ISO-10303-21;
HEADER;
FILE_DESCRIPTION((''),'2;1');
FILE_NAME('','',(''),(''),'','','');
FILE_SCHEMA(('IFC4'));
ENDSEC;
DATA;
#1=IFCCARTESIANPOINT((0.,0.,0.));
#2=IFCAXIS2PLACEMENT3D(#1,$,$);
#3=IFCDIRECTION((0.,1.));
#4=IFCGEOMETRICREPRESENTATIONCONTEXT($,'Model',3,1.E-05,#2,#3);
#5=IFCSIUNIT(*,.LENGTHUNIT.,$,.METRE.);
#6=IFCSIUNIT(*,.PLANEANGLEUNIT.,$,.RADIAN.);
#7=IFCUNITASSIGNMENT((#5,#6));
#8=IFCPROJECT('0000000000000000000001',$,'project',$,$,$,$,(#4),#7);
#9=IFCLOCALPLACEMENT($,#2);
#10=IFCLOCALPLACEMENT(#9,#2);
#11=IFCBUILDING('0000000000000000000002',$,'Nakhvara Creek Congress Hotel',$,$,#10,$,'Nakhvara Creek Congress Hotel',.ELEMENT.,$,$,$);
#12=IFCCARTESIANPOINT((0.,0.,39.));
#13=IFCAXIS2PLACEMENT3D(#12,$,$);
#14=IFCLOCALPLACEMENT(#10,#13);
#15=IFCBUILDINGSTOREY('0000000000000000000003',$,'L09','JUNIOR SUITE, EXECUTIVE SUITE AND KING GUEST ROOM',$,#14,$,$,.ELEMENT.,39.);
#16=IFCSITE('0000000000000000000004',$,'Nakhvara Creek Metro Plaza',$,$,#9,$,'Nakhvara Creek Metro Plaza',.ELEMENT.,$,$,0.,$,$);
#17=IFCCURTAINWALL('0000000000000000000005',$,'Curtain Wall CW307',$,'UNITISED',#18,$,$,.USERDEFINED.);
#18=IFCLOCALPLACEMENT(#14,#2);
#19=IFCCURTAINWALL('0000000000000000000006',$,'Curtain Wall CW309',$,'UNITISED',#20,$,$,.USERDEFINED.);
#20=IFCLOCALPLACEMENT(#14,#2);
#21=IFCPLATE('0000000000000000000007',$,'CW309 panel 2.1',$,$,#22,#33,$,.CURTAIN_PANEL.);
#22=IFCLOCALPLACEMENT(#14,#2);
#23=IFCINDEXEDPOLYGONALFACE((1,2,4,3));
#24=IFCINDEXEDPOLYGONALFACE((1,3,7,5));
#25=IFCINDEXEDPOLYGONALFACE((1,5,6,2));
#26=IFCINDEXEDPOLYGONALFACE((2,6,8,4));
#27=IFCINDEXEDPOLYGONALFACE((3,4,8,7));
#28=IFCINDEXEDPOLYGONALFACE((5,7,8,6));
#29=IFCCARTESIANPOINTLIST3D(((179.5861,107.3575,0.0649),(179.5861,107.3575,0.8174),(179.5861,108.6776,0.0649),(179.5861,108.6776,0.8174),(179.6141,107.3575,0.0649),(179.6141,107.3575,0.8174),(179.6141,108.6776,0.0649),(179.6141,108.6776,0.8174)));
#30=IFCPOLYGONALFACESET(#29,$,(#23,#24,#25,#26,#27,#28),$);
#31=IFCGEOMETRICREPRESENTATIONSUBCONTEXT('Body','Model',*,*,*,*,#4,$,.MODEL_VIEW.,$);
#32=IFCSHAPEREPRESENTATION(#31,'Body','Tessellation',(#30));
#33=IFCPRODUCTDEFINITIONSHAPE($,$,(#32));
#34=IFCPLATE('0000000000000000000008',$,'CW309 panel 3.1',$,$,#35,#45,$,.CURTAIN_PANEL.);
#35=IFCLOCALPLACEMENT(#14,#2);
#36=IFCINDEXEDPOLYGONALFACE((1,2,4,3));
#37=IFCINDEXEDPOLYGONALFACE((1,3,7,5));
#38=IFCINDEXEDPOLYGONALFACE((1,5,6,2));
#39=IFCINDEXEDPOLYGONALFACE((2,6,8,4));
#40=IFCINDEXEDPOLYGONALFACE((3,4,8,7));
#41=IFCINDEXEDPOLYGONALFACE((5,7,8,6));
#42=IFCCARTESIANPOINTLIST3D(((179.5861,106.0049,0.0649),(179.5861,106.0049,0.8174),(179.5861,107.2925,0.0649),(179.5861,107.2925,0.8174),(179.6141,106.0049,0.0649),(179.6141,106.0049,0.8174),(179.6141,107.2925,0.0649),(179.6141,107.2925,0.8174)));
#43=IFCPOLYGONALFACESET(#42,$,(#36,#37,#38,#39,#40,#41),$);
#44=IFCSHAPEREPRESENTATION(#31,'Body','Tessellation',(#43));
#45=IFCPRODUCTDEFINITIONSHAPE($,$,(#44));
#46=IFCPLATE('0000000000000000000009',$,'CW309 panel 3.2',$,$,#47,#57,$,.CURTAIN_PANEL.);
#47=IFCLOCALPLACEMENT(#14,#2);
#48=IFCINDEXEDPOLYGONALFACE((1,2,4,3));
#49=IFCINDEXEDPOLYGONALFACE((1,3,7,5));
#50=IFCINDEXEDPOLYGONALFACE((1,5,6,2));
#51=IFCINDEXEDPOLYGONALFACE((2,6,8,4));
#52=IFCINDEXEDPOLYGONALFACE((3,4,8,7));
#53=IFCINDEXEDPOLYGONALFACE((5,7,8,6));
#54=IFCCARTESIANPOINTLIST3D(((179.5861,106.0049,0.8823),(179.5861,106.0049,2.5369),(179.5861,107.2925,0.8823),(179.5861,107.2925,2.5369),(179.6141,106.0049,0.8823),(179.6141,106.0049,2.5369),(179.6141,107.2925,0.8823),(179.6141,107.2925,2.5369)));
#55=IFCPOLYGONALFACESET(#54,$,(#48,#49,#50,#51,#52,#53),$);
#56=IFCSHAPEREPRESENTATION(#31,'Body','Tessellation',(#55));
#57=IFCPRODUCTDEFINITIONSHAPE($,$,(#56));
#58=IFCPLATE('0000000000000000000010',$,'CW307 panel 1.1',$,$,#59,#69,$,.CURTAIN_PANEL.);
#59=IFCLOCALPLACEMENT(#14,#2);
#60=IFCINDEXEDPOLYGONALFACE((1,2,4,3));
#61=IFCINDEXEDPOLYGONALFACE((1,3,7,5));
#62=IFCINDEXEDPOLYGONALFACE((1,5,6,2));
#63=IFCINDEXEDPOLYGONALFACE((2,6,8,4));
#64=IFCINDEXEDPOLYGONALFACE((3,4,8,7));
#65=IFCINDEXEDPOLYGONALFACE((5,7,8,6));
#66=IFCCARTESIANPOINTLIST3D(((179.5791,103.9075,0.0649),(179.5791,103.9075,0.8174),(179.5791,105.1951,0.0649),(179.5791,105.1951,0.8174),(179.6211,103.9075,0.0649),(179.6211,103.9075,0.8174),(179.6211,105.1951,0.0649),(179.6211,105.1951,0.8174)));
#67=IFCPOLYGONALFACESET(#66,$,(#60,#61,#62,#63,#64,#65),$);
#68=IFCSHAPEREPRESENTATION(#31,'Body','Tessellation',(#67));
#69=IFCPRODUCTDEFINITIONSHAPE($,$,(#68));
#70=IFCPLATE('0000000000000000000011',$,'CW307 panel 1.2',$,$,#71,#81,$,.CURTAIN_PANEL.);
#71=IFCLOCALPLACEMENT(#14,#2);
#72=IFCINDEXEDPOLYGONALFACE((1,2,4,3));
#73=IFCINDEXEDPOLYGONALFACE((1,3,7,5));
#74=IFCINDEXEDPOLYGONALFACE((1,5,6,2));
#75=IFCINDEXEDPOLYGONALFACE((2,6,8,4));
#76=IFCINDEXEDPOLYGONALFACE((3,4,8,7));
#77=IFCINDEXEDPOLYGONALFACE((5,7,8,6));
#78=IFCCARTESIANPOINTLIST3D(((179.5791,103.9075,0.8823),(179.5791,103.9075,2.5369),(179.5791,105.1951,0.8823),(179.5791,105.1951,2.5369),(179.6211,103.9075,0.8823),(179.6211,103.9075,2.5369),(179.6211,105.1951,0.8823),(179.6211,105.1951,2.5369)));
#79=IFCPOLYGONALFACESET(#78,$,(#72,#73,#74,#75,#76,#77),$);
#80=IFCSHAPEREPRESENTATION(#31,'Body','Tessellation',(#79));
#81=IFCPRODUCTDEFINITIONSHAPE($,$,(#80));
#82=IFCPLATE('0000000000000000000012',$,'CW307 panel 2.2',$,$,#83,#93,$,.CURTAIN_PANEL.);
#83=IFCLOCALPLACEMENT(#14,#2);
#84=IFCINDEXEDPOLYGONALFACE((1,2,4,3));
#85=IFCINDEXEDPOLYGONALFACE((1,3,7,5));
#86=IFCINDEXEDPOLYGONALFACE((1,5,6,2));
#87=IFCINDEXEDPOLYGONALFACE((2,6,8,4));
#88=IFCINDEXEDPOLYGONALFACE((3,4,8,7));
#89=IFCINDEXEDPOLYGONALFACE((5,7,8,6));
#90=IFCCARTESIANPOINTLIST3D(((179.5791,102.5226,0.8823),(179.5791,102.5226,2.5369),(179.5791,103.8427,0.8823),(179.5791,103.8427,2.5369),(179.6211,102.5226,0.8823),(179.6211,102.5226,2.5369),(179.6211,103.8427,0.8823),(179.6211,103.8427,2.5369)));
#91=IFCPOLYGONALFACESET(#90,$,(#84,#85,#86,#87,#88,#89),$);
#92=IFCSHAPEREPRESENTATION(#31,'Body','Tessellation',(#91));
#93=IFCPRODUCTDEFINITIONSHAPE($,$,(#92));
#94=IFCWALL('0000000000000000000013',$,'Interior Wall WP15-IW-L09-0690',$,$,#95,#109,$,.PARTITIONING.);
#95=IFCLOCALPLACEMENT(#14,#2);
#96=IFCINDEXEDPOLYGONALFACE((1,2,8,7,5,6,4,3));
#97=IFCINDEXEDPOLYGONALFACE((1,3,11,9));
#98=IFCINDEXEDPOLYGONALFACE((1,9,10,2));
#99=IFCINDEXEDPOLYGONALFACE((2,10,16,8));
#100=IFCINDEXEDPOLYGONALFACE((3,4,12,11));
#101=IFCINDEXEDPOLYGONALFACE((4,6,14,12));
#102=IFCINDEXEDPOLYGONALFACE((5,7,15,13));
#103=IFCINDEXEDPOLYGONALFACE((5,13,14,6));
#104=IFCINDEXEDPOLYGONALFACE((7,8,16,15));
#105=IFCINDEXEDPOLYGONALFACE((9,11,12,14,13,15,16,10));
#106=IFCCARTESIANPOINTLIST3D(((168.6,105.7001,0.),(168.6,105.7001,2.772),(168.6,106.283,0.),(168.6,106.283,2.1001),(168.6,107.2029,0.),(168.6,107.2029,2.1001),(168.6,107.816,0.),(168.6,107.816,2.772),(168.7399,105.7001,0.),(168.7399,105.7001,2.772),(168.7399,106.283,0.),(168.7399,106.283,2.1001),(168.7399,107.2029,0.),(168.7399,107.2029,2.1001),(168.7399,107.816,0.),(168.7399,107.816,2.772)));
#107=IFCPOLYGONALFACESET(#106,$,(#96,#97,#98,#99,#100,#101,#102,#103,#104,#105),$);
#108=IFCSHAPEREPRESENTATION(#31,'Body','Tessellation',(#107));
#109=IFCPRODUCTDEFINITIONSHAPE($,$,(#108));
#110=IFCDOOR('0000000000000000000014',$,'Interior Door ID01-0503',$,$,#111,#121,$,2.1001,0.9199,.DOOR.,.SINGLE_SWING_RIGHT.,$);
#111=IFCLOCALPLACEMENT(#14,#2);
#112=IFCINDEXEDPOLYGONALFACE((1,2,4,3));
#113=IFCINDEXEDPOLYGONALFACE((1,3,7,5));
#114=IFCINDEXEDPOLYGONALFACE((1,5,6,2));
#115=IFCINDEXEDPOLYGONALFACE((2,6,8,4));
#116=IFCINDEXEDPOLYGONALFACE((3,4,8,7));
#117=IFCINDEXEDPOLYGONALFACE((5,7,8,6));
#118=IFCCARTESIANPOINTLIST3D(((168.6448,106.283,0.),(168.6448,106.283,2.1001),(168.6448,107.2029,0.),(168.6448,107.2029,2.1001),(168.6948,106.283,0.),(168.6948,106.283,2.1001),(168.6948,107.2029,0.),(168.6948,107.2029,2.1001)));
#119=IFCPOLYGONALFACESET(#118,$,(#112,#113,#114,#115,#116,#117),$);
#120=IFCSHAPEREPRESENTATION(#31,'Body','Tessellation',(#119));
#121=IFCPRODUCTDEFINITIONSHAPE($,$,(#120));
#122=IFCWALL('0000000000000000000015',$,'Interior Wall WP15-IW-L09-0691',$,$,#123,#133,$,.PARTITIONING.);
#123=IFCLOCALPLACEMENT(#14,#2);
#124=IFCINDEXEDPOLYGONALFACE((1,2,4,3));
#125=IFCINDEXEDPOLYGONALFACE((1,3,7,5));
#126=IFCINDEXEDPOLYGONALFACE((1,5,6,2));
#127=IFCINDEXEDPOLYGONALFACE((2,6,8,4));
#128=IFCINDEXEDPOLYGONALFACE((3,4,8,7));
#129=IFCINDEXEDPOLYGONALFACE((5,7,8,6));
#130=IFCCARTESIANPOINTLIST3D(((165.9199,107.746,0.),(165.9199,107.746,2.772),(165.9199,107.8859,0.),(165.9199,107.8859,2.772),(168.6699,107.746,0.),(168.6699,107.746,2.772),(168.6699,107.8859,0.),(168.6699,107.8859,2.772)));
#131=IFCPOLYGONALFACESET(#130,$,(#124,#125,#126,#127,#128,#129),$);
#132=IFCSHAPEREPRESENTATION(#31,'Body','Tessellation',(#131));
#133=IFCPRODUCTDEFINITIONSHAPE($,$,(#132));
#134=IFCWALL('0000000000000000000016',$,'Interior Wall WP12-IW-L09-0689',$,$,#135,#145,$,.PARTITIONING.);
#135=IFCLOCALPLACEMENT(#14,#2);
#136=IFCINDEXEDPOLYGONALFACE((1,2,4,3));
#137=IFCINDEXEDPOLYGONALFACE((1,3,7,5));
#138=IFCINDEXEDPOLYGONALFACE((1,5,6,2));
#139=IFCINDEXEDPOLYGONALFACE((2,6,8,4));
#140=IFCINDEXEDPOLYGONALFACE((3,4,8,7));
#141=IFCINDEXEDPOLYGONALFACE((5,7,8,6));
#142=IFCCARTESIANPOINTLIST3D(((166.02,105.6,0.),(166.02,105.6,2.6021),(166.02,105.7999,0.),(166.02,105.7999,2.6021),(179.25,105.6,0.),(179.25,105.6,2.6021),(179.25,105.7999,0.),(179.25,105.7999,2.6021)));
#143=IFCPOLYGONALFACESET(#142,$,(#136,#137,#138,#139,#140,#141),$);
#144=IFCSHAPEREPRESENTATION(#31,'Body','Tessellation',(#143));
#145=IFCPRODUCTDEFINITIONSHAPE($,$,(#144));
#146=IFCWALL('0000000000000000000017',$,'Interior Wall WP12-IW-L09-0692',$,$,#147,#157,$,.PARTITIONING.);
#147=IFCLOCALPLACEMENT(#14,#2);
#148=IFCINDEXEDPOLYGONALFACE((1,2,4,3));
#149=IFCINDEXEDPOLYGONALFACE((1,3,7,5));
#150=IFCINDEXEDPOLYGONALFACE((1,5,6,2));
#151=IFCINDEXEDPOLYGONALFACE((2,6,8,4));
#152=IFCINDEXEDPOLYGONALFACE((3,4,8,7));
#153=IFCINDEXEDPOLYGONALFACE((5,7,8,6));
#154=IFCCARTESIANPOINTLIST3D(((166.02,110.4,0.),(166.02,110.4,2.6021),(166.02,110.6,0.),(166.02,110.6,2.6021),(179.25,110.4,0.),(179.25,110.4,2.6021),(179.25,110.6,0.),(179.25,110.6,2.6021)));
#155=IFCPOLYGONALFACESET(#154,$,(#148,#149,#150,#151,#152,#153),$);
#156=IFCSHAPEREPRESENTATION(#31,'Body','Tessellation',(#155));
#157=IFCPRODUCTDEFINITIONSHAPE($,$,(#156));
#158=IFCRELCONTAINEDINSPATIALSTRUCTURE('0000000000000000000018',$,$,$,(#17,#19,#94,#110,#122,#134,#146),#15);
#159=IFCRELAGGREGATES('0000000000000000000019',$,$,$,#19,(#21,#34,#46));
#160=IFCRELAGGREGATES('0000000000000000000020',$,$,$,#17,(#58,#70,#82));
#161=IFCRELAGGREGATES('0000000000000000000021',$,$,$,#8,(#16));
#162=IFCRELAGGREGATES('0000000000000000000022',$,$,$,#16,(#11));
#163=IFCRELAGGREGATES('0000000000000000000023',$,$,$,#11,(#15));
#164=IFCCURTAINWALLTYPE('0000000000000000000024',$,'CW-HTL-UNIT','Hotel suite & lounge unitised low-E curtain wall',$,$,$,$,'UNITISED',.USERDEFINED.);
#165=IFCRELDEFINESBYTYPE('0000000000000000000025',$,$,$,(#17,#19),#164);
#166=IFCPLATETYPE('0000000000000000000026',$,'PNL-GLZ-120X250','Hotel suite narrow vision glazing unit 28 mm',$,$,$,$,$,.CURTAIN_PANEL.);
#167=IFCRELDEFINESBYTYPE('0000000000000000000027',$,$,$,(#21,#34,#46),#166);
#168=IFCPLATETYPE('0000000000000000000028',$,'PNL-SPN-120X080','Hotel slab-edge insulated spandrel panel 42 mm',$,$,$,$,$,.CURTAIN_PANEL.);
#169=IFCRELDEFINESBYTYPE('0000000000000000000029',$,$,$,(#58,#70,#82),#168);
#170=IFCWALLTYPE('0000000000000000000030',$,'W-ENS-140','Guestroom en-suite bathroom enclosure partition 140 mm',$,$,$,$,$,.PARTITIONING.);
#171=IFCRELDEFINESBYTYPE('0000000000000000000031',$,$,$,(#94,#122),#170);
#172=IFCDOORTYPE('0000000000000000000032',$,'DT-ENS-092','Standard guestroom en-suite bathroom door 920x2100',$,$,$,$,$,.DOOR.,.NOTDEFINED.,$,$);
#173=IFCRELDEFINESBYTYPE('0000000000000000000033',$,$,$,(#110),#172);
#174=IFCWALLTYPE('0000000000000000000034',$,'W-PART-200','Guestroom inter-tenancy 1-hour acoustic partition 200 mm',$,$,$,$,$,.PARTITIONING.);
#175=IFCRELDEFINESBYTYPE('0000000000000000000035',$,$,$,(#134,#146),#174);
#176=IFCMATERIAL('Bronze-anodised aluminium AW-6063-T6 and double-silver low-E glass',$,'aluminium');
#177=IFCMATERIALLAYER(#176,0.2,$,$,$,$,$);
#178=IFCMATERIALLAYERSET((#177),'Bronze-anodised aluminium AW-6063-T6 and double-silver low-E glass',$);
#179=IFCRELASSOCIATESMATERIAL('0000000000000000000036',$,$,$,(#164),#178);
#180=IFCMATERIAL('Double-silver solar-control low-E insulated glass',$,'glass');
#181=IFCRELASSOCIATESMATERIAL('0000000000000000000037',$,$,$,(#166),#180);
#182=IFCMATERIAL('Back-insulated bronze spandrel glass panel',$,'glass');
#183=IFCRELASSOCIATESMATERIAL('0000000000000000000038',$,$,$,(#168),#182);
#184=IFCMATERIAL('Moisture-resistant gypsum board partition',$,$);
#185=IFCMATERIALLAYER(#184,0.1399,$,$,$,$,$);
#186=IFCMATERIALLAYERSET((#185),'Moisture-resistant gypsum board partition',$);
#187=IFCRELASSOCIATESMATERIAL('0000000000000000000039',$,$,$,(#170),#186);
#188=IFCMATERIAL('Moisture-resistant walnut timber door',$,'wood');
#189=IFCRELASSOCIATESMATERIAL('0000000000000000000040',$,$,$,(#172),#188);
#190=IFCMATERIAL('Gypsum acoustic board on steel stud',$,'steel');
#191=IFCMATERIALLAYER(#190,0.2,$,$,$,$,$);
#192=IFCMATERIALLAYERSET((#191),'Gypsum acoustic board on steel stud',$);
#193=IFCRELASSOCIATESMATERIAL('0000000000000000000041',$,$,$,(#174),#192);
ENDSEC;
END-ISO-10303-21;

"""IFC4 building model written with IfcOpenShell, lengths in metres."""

from ifc_helpers import new_model, si_unit, direction, frame, frame_2d, origin, origin_2d, place, context, subcontext, project, spatial, rectangle, extrude, material, layer, layer_set, type_object, element, fill, aggregate, save


model = new_model("IFC4")

# Units and contexts
model_context = context("Model", 3, precision=1e-05, world=origin(), true_north=direction((0.0, 1.0)))
body_context = subcontext(model_context, "Body", "Model", "MODEL_VIEW")
ifc_project = project(units=[si_unit("LENGTHUNIT", "METRE"), si_unit("PLANEANGLEUNIT", "RADIAN")], contexts=[model_context])

# Site, building, storey
site_placement = place(None, origin())
site = spatial("IfcSite", under=ifc_project, at=site_placement, Name="Nakhvara Creek Metro Plaza", LongName="Nakhvara Creek Metro Plaza", CompositionType="ELEMENT", RefElevation=0.0)
building_placement = place(site_placement, origin())
building = spatial("IfcBuilding", under=site, at=building_placement, Name="Nakhvara Creek Congress Hotel", LongName="Nakhvara Creek Congress Hotel", CompositionType="ELEMENT")
storey_placement = place(building_placement, frame((0.0, 0.0, 39.0)))
storey = spatial("IfcBuildingStorey", under=building, at=storey_placement, Name="L09", Description="JUNIOR SUITE, EXECUTIVE SUITE AND KING GUEST ROOM", CompositionType="ELEMENT", Elevation=39.0)

# Curtain walls
ifc_material_1 = material(Name="Bronze-anodised aluminium AW-6063-T6 and double-silver low-E glass", Category="aluminium")
ifc_layer_1 = layer(ifc_material_1, 0.2)
ifc_layer_set_1 = layer_set([ifc_layer_1], Name="Bronze-anodised aluminium AW-6063-T6 and double-silver low-E glass")
curtain_wall_type = type_object("IfcCurtainWallType", Name="CW-HTL-UNIT", Description="Hotel suite & lounge unitised low-E curtain wall", ElementType="UNITISED", PredefinedType="USERDEFINED", material=ifc_layer_set_1)
curtain_wall_1_placement = place(storey_placement, origin())
curtain_wall_1 = element("IfcCurtainWall", 1, at=curtain_wall_1_placement, inside=storey, type_object=curtain_wall_type, Name="Curtain Wall CW307", ObjectType="UNITISED", PredefinedType="USERDEFINED")
curtain_wall_2_placement = place(storey_placement, origin())
curtain_wall_2 = element("IfcCurtainWall", 2, at=curtain_wall_2_placement, inside=storey, type_object=curtain_wall_type, Name="Curtain Wall CW309", ObjectType="UNITISED", PredefinedType="USERDEFINED")

# Plates
ifc_material_2 = material(Name="Double-silver solar-control low-E insulated glass", Category="glass")
plate_type_1 = type_object("IfcPlateType", Name="PNL-GLZ-120X250", Description="Hotel suite narrow vision glazing unit 28 mm", PredefinedType="CURTAIN_PANEL", material=ifc_material_2)
plate_1_placement = place(storey_placement, frame((179.6001, 108.0176, 0.0649), z_axis=(0.0, 0.0, 1.0), x_axis=(0.0, -1.0, 0.0)))
plate_1 = element("IfcPlate", 3, at=plate_1_placement, type_object=plate_type_1, Name="CW309 panel 2.1", PredefinedType="CURTAIN_PANEL", context=body_context, shape_type="SweptSolid", body=[
    extrude(rectangle(XDim=1.3201, YDim=0.0281, at=origin_2d()), origin(), (0.0, 0.0, 1.0), 0.7524),
])
plate_2_placement = place(storey_placement, frame((179.6001, 106.6487, 0.0649), z_axis=(0.0, 0.0, 1.0), x_axis=(0.0, -1.0, 0.0)))
plate_2 = element("IfcPlate", 4, at=plate_2_placement, type_object=plate_type_1, Name="CW309 panel 3.1", PredefinedType="CURTAIN_PANEL", context=body_context, shape_type="SweptSolid", body=[
    extrude(rectangle(XDim=1.2876, YDim=0.0281, at=origin_2d()), origin(), (0.0, 0.0, 1.0), 0.7524),
])
plate_3_placement = place(storey_placement, frame((179.6001, 106.6487, 0.8823), z_axis=(0.0, 0.0, 1.0), x_axis=(0.0, -1.0, 0.0)))
plate_3 = element("IfcPlate", 5, at=plate_3_placement, type_object=plate_type_1, Name="CW309 panel 3.2", PredefinedType="CURTAIN_PANEL", context=body_context, shape_type="SweptSolid", body=[
    extrude(rectangle(XDim=1.2876, YDim=0.0281, at=origin_2d()), origin(), (0.0, 0.0, 1.0), 1.6545),
])
aggregate(curtain_wall_2, [plate_1, plate_2, plate_3])
ifc_material_3 = material(Name="Back-insulated bronze spandrel glass panel", Category="glass")
plate_type_2 = type_object("IfcPlateType", Name="PNL-SPN-120X080", Description="Hotel slab-edge insulated spandrel panel 42 mm", PredefinedType="CURTAIN_PANEL", material=ifc_material_3)
plate_4_placement = place(storey_placement, frame((179.6001, 104.5513, 0.0649), z_axis=(0.0, 0.0, 1.0), x_axis=(0.0, -1.0, 0.0)))
plate_4 = element("IfcPlate", 6, at=plate_4_placement, type_object=plate_type_2, Name="CW307 panel 1.1", PredefinedType="CURTAIN_PANEL", context=body_context, shape_type="SweptSolid", body=[
    extrude(rectangle(XDim=1.2876, YDim=0.042, at=origin_2d()), origin(), (0.0, 0.0, 1.0), 0.7524),
])
plate_5_placement = place(storey_placement, frame((179.6001, 104.5513, 0.8823), z_axis=(0.0, 0.0, 1.0), x_axis=(0.0, -1.0, 0.0)))
plate_5 = element("IfcPlate", 7, at=plate_5_placement, type_object=plate_type_2, Name="CW307 panel 1.2", PredefinedType="CURTAIN_PANEL", context=body_context, shape_type="SweptSolid", body=[
    extrude(rectangle(XDim=1.2876, YDim=0.042, at=origin_2d()), origin(), (0.0, 0.0, 1.0), 1.6545),
])
plate_6_placement = place(storey_placement, frame((179.6001, 103.1826, 0.8823), z_axis=(0.0, 0.0, 1.0), x_axis=(0.0, -1.0, 0.0)))
plate_6 = element("IfcPlate", 8, at=plate_6_placement, type_object=plate_type_2, Name="CW307 panel 2.2", PredefinedType="CURTAIN_PANEL", context=body_context, shape_type="SweptSolid", body=[
    extrude(rectangle(XDim=1.3201, YDim=0.042, at=origin_2d()), origin(), (0.0, 0.0, 1.0), 1.6545),
])
aggregate(curtain_wall_1, [plate_4, plate_5, plate_6])

# Wall, opening, door
ifc_material_4 = material(Name="Moisture-resistant gypsum board partition")
ifc_layer_2 = layer(ifc_material_4, 0.1399)
ifc_layer_set_2 = layer_set([ifc_layer_2], Name="Moisture-resistant gypsum board partition")
wall_type_1 = type_object("IfcWallType", Name="W-ENS-140", Description="Guestroom en-suite bathroom enclosure partition 140 mm", PredefinedType="PARTITIONING", material=ifc_layer_set_2)
wall_1_placement = place(storey_placement, frame((168.6699, 105.7, 0.0), z_axis=(0.0, 0.0, 1.0), x_axis=(0.0, 1.0, 0.0)))
wall_1 = element("IfcWall", 9, at=wall_1_placement, inside=storey, type_object=wall_type_1, Name="Interior Wall WP15-IW-L09-0690", PredefinedType="PARTITIONING", context=body_context, shape_type="SweptSolid", body=[
    extrude(rectangle(XDim=2.116, YDim=0.1399, at=frame_2d((1.0581, 0.0))), origin(), (0.0, 0.0, 1.0), 2.772),
])
opening_1_placement = place(wall_1_placement, frame((0.583, 0.0, 0.0)))
opening_1 = element("IfcOpeningElement", 10, at=opening_1_placement, cuts=wall_1, PredefinedType="OPENING", context=body_context, shape_type="SweptSolid", body=[
    extrude(rectangle(XDim=0.9199, YDim=2.1001, at=frame_2d((0.46, 1.05))), frame((0.0, 0.082, 0.0), z_axis=(0.0, -1.0, 0.0), x_axis=(1.0, 0.0, 0.0)), (0.0, 0.0, 1.0), 0.1638),
])
ifc_material_5 = material(Name="Moisture-resistant walnut timber door", Category="wood")
door_type_1 = type_object("IfcDoorType", Name="DT-ENS-092", Description="Standard guestroom en-suite bathroom door 920x2100", OperationType="NOTDEFINED", PredefinedType="DOOR", material=ifc_material_5)
door_1_placement = place(opening_1_placement, frame((0.9199, 0.0, 0.0), z_axis=(0.0, 0.0, 1.0), x_axis=(-1.0, 0.0, 0.0)))
door_1 = element("IfcDoor", 11, at=door_1_placement, inside=storey, type_object=door_type_1, Name="Interior Door ID01-0503", OperationType="SINGLE_SWING_RIGHT", OverallHeight=2.1001, OverallWidth=0.9199, PredefinedType="DOOR", context=body_context, shape_type="SweptSolid", body=[
    extrude(rectangle(XDim=0.9199, YDim=2.1001, at=frame_2d((0.46, 1.05))), frame((0.0, 0.0249, 0.0), z_axis=(0.0, -1.0, 0.0), x_axis=(1.0, 0.0, 0.0)), (0.0, 0.0, 1.0), 0.05),
])
fill(opening_1, door_1)

# Wall
wall_2_placement = place(storey_placement, frame((165.9199, 107.8159, 0.0), z_axis=(0.0, 0.0, 1.0), x_axis=(1.0, 0.0, 0.0)))
element("IfcWall", 12, at=wall_2_placement, inside=storey, type_object=wall_type_1, Name="Interior Wall WP15-IW-L09-0691", PredefinedType="PARTITIONING", context=body_context, shape_type="SweptSolid", body=[
    extrude(rectangle(XDim=2.75, YDim=0.1399, at=frame_2d((1.375, 0.0))), origin(), (0.0, 0.0, 1.0), 2.772),
])

# Walls
ifc_material_6 = material(Name="Gypsum acoustic board on steel stud", Category="steel")
ifc_layer_3 = layer(ifc_material_6, 0.2)
ifc_layer_set_3 = layer_set([ifc_layer_3], Name="Gypsum acoustic board on steel stud")
wall_type_2 = type_object("IfcWallType", Name="W-PART-200", Description="Guestroom inter-tenancy 1-hour acoustic partition 200 mm", PredefinedType="PARTITIONING", material=ifc_layer_set_3)
for number, where, z_axis, x_axis, name in (
    (13, (166.02, 105.7, 0.0), (0.0, 0.0, 1.0), (1.0, 0.0, 0.0), "Interior Wall WP12-IW-L09-0689"),
    (14, (166.02, 110.5, 0.0), (0.0, 0.0, 1.0), (1.0, 0.0, 0.0), "Interior Wall WP12-IW-L09-0692"),
):
    element("IfcWall", number, at=place(storey_placement, frame(where, z_axis=z_axis, x_axis=x_axis)), inside=storey, type_object=wall_type_2, Name=name, PredefinedType="PARTITIONING", context=body_context, shape_type="SweptSolid", body=[
        extrude(rectangle(XDim=13.23, YDim=0.2, at=frame_2d((6.615, 0.0))), origin(), (0.0, 0.0, 1.0), 2.6021),
    ])

save(model, "model.ifc")
